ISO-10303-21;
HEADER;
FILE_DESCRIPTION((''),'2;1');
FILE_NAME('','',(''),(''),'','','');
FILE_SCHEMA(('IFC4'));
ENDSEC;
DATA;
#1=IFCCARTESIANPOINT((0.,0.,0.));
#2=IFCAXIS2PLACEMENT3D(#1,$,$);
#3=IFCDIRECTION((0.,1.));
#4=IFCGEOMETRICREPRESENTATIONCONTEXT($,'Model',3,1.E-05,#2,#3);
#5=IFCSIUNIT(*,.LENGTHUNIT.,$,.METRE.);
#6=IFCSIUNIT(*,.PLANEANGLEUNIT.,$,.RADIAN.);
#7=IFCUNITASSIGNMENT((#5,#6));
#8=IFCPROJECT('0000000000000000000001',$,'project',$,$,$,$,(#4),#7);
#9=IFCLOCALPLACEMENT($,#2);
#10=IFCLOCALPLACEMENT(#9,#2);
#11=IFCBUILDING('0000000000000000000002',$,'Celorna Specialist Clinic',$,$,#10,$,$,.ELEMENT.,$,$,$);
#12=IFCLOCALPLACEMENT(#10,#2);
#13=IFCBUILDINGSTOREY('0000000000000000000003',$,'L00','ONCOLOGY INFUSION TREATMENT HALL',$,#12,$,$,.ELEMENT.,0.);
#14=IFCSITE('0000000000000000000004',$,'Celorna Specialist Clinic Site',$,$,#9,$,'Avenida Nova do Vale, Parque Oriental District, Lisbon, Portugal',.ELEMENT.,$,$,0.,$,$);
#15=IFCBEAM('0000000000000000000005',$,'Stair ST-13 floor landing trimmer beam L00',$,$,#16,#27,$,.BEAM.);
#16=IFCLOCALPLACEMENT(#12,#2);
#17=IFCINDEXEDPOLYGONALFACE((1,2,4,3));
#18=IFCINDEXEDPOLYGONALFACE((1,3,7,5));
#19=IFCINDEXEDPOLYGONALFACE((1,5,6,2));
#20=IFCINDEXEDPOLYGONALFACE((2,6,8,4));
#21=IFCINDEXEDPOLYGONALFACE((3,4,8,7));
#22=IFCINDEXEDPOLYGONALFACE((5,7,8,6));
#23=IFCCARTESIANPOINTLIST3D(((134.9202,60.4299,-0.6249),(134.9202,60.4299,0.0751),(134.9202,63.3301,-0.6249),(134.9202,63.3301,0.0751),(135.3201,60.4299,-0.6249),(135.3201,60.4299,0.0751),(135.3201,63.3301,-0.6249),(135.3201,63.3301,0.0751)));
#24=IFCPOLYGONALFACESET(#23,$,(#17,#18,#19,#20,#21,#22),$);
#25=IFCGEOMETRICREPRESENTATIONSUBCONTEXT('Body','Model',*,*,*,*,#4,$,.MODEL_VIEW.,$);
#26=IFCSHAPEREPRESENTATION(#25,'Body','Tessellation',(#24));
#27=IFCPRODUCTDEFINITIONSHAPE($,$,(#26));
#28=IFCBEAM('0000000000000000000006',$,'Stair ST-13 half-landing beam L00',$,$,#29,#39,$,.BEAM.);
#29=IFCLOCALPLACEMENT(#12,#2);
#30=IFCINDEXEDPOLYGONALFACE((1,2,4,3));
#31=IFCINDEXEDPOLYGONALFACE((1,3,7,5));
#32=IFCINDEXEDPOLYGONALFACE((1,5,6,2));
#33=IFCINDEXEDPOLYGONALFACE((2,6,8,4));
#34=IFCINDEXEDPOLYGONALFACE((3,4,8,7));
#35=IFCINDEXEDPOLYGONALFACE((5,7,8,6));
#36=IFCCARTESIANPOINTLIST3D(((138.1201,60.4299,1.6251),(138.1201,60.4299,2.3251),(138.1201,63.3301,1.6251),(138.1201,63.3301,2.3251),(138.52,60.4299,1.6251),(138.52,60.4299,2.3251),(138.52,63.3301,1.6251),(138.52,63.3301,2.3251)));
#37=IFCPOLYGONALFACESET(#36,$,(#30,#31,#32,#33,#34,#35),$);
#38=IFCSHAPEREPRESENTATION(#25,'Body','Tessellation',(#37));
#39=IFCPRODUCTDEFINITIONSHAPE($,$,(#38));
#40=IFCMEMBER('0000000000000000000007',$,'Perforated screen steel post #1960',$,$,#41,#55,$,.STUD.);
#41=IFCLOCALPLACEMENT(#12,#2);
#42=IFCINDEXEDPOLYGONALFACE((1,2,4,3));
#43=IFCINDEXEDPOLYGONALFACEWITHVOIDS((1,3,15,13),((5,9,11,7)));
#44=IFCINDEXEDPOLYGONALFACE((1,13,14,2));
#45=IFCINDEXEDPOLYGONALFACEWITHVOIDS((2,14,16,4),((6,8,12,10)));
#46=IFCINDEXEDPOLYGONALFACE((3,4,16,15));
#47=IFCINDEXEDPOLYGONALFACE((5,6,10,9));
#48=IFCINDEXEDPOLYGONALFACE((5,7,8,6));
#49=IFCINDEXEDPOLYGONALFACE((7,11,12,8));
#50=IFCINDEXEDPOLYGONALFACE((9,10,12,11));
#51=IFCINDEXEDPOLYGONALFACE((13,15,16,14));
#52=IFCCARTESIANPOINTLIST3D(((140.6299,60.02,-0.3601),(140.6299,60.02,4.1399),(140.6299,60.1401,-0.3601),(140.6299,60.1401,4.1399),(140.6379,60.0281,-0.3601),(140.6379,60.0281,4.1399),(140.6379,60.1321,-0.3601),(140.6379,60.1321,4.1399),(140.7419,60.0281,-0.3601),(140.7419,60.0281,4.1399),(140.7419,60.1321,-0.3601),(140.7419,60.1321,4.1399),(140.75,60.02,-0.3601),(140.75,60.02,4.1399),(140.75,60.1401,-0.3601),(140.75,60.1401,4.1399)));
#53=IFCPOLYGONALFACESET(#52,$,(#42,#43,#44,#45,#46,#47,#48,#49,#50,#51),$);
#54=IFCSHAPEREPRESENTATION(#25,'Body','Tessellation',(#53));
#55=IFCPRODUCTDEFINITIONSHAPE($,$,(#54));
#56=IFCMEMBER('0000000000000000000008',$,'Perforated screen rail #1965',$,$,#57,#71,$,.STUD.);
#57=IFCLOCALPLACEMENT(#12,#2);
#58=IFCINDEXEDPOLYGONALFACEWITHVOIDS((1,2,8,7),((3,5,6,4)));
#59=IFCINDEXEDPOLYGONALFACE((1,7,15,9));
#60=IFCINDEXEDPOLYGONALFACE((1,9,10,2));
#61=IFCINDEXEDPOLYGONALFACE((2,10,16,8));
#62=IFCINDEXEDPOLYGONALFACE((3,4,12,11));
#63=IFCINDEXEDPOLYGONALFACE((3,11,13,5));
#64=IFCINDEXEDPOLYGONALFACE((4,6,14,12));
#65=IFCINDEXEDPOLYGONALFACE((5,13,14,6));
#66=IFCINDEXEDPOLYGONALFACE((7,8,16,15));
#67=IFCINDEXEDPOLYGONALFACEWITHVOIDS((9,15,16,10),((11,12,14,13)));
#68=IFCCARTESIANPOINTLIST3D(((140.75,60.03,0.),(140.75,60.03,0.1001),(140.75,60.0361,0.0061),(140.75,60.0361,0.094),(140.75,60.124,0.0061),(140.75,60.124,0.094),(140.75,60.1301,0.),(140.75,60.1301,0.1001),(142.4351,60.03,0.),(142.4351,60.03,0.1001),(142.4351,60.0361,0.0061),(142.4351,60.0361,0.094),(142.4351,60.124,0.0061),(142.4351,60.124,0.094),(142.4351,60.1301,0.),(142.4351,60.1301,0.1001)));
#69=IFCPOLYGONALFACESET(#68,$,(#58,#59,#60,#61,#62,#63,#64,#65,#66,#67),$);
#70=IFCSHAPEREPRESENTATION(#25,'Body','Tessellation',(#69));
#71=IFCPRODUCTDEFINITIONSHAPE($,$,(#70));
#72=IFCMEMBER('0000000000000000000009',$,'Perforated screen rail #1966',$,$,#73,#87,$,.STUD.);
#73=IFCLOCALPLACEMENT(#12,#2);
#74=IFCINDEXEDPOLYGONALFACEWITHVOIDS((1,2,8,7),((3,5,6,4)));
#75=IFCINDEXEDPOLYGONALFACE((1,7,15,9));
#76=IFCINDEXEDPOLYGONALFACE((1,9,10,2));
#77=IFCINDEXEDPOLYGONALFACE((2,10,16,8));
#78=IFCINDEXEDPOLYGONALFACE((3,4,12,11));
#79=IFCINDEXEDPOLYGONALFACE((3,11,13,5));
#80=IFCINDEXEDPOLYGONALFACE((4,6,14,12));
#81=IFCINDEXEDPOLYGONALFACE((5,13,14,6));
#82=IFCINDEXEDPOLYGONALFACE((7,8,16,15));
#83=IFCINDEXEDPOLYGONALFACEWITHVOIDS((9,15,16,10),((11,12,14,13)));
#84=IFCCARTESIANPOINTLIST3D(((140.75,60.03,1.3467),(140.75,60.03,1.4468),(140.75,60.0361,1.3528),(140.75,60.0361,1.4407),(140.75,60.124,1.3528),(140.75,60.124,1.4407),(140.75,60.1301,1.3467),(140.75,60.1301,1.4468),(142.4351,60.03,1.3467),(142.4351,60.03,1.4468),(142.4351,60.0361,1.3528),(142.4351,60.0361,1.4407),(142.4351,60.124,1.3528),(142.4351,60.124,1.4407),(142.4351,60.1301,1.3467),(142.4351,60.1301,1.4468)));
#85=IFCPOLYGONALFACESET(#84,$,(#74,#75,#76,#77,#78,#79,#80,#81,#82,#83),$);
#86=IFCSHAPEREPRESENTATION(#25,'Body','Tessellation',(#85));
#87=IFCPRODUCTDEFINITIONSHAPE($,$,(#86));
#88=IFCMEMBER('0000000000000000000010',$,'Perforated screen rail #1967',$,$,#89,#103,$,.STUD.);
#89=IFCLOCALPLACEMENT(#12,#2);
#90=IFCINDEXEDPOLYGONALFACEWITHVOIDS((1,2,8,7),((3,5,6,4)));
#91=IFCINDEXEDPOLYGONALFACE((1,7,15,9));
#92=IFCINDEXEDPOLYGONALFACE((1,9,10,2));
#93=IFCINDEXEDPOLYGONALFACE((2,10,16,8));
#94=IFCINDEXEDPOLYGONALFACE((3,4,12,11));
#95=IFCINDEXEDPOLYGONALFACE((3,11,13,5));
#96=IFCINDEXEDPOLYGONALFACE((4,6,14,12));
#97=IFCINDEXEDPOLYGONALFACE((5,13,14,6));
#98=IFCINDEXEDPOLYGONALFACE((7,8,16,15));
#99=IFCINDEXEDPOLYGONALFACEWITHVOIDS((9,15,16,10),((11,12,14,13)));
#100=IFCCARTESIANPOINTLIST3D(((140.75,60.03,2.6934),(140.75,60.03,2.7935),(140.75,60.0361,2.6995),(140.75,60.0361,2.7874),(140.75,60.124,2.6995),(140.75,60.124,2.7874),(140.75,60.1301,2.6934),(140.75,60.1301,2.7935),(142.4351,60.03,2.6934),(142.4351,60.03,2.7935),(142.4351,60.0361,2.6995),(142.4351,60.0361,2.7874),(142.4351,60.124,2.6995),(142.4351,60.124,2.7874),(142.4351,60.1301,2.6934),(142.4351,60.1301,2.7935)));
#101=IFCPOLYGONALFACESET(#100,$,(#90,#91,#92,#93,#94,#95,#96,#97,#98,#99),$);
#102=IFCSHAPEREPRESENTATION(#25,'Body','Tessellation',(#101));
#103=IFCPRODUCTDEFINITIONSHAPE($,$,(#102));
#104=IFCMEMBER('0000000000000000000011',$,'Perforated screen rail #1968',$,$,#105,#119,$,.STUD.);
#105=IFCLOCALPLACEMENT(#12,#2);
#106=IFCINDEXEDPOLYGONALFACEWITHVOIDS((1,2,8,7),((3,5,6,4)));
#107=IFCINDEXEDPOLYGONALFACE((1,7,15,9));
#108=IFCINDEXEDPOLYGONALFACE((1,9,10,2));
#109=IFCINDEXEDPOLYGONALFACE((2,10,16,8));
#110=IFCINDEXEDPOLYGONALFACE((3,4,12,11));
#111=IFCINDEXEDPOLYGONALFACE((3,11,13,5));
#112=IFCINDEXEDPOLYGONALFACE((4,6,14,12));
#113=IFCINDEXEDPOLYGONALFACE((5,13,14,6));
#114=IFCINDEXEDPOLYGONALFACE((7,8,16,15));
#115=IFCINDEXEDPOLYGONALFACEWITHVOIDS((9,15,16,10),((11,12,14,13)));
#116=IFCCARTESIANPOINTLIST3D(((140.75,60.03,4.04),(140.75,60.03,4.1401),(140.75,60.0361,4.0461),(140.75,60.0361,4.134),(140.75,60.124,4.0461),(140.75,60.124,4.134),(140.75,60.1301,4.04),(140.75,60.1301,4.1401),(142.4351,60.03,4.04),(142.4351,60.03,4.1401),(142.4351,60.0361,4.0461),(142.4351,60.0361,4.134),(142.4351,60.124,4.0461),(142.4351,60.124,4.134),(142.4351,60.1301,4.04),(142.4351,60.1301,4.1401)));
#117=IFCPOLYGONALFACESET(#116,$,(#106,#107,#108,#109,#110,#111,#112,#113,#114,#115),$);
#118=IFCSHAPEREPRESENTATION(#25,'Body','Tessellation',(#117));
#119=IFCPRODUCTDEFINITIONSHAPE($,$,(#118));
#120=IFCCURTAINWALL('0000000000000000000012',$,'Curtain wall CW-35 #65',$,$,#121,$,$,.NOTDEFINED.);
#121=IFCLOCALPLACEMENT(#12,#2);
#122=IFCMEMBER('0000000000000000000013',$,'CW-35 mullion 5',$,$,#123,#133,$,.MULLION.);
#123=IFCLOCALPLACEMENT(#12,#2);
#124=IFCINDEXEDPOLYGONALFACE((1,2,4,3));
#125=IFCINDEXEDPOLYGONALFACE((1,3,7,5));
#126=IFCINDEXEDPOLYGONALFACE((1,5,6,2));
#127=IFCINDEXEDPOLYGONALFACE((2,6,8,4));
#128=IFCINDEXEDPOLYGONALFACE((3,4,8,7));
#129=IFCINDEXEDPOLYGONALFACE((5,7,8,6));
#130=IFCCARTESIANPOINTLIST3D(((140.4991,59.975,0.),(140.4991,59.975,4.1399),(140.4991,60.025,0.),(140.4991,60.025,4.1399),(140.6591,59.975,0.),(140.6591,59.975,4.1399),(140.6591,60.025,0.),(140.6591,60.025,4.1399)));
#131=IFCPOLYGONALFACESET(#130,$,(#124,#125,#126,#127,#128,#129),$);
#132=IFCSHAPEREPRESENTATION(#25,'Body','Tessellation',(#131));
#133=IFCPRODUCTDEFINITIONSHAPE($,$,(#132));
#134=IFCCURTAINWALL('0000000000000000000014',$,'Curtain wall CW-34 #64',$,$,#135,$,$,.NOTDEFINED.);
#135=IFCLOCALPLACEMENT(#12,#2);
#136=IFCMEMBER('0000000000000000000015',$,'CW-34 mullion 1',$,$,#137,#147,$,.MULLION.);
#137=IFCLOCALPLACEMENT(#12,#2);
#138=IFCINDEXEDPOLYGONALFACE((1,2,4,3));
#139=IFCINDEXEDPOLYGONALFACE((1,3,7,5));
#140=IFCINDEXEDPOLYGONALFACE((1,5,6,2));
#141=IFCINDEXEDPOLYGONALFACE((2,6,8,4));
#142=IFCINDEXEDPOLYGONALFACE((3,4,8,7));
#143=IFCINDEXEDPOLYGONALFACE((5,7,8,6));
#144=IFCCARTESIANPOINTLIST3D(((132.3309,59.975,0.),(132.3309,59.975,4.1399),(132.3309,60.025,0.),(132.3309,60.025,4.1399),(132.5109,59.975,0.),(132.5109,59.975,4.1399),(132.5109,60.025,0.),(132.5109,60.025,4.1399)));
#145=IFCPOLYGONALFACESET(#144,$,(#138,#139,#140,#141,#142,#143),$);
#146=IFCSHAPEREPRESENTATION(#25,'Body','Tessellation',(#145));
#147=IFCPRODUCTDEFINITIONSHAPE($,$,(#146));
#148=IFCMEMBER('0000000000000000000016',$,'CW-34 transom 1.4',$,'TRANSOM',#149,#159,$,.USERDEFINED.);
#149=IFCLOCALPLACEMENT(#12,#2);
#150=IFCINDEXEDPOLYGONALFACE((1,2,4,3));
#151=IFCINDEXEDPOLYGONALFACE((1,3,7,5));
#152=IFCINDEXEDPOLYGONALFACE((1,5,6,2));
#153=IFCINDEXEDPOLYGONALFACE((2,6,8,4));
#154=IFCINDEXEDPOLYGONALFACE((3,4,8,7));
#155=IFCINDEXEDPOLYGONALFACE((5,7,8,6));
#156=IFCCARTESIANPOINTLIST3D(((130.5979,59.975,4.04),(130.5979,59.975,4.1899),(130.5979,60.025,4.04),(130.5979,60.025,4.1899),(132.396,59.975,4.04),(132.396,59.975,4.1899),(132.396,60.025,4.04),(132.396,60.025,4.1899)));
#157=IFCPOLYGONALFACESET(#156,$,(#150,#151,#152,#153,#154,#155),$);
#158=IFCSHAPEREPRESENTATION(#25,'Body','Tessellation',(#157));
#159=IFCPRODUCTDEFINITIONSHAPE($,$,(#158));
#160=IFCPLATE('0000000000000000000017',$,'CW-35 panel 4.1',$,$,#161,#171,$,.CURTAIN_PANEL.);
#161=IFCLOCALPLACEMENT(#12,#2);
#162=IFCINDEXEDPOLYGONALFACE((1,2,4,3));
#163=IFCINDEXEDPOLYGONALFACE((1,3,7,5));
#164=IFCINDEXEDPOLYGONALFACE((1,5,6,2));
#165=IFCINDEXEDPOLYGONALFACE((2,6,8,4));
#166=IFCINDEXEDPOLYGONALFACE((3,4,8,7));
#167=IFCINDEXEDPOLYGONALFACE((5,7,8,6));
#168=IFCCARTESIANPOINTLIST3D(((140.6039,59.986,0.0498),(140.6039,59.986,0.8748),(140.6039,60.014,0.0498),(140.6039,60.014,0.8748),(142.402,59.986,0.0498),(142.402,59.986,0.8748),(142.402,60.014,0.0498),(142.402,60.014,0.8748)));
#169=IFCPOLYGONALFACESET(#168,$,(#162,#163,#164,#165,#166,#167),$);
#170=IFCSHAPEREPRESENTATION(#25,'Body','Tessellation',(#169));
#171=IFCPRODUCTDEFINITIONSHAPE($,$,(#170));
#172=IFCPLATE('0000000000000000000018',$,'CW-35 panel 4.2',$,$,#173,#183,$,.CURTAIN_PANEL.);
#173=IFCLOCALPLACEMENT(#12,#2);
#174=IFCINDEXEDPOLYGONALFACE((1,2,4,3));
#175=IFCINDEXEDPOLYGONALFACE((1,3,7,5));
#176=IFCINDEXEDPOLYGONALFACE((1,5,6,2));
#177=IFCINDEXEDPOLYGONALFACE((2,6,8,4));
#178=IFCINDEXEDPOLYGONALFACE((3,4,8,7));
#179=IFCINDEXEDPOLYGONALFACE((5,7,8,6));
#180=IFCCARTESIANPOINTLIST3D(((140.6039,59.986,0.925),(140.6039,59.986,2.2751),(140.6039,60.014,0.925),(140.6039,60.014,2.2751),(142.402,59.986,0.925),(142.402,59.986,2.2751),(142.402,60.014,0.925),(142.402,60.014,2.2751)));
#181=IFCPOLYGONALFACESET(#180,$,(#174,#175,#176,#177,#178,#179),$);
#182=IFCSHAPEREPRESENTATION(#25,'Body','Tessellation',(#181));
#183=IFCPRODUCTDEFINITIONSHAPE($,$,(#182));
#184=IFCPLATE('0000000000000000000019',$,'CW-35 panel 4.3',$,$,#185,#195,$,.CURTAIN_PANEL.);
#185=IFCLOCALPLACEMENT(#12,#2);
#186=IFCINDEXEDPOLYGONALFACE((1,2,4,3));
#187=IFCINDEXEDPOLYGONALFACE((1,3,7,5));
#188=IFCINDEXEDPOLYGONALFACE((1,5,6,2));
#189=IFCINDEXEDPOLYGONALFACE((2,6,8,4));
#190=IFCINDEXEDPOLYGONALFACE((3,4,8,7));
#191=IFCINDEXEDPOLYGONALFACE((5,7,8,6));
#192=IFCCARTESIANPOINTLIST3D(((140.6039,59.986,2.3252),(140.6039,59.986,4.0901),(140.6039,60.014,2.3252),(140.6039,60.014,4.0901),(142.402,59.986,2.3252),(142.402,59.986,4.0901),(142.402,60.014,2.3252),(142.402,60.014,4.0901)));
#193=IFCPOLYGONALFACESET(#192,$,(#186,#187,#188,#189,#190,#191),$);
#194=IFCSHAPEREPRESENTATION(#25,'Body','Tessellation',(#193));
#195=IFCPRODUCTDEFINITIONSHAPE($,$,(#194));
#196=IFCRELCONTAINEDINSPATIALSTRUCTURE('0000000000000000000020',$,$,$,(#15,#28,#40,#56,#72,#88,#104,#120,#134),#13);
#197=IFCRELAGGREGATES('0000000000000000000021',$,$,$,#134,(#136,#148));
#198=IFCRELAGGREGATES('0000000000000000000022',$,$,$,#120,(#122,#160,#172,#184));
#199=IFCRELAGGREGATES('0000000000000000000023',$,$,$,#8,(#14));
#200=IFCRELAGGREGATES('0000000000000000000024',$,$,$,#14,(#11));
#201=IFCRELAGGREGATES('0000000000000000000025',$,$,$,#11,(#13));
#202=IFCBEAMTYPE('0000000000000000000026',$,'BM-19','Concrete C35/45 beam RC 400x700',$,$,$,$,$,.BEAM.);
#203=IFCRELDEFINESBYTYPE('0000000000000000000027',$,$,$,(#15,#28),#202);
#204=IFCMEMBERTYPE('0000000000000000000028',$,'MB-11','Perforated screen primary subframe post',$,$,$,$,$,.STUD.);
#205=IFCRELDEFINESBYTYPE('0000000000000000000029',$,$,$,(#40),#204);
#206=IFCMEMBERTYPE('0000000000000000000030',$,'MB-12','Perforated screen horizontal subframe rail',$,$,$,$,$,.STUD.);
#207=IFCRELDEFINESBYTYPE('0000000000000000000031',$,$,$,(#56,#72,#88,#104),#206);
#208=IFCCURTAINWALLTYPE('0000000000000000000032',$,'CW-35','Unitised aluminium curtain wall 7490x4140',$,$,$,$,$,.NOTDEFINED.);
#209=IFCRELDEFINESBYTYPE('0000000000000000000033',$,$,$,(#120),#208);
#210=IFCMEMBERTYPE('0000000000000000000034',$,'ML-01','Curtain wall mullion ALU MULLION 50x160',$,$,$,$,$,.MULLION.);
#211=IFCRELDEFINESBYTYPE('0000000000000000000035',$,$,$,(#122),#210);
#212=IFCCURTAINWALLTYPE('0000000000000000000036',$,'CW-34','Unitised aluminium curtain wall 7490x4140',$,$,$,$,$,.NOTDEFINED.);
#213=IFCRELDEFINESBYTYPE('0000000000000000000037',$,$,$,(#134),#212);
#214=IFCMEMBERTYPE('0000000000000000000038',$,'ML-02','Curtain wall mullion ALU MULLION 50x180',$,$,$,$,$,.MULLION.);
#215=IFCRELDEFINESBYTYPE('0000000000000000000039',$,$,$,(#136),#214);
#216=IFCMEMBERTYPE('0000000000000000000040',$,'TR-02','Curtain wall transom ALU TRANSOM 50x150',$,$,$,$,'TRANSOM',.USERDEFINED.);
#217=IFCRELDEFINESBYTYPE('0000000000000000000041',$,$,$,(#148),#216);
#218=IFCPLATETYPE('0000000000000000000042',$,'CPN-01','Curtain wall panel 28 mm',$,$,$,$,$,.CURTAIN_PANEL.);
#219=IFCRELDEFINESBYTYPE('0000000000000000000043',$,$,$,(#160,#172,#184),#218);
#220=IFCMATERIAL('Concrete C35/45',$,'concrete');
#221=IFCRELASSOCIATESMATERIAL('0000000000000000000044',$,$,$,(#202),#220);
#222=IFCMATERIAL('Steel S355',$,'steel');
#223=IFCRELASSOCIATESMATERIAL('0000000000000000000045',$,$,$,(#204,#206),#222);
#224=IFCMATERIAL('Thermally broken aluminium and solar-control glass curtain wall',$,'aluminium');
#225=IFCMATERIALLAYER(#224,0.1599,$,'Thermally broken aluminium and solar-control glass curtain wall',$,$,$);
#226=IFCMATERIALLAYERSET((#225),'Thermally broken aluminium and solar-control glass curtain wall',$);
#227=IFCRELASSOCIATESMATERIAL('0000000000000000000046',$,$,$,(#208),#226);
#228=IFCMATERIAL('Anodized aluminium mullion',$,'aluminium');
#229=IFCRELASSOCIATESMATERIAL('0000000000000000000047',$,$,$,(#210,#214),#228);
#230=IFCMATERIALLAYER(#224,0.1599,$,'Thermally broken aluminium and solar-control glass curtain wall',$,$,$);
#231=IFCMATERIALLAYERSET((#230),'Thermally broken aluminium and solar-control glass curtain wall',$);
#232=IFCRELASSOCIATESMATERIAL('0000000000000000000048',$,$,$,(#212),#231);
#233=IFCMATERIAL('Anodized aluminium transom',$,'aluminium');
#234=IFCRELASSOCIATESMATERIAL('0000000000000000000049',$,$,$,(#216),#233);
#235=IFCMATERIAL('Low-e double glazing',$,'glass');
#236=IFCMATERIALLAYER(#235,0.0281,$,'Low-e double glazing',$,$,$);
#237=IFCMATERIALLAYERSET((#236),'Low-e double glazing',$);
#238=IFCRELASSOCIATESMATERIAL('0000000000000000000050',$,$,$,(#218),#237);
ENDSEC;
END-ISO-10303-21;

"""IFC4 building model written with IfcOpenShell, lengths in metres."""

from ifc_helpers import new_model, si_unit, direction, frame, origin, origin_2d, place, context, subcontext, project, spatial, rectangle, hollow_rectangle, extrude, material, layer, layer_set, material_profile, profile_set, type_object, element, aggregate, save


model = new_model("IFC4")

# Units and contexts
model_context = context("Model", 3, precision=1e-05, world=origin(), true_north=direction((0.0, 1.0)))
body_context = subcontext(model_context, "Body", "Model", "MODEL_VIEW")
ifc_project = project(units=[si_unit("LENGTHUNIT", "METRE"), si_unit("PLANEANGLEUNIT", "RADIAN")], contexts=[model_context])

# Site, building, storey
site_placement = place(None, origin())
site = spatial("IfcSite", under=ifc_project, at=site_placement, Name="Celorna Specialist Clinic Site", LongName="Avenida Nova do Vale, Parque Oriental District, Lisbon, Portugal", CompositionType="ELEMENT", RefElevation=0.0)
building_placement = place(site_placement, origin())
building = spatial("IfcBuilding", under=site, at=building_placement, Name="Celorna Specialist Clinic", CompositionType="ELEMENT")
storey_placement = place(building_placement, origin())
storey = spatial("IfcBuildingStorey", under=building, at=storey_placement, Name="L00", Description="ONCOLOGY INFUSION TREATMENT HALL", CompositionType="ELEMENT", Elevation=0.0)

# Shared definitions
ifc_material_1 = material(Name="Concrete C35/45", Category="concrete")
ifc_material_2 = material(Name="Steel S355", Category="steel")

# Beams
ifc_material_profile_1 = material_profile(ifc_material_1, rectangle(XDim=0.3999, YDim=0.7, at=origin_2d()), Name="RC 400x700")
ifc_profile_set_1 = profile_set([ifc_material_profile_1], Name="Concrete C35/45")
beam_type_1 = type_object("IfcBeamType", Name="BM-19", Description="Concrete C35/45 beam RC 400x700", PredefinedType="BEAM", material=ifc_profile_set_1)
for number, where, z_axis, x_axis, name in (
    (1, (135.1201, 60.4299, -0.2749), (0.0, 1.0, 0.0), (-1.0, 0.0, 0.0), "Stair ST-13 floor landing trimmer beam L00"),
    (2, (138.3201, 60.4299, 1.9751), (0.0, 1.0, 0.0), (-1.0, 0.0, 0.0), "Stair ST-13 half-landing beam L00"),
):
    element("IfcBeam", number, at=place(storey_placement, frame(where, z_axis=z_axis, x_axis=x_axis)), inside=storey, type_object=beam_type_1, Name=name, PredefinedType="BEAM", context=body_context, shape_type="SweptSolid", body=[
        extrude(rectangle(XDim=0.3999, YDim=0.7, at=origin_2d()), origin(), (0.0, 0.0, 1.0), 2.9001),
    ])

# Members
ifc_material_profile_2 = material_profile(ifc_material_2, hollow_rectangle(XDim=0.1201, YDim=0.1201, WallThickness=0.0081, at=origin_2d()), Name="SHS 120x120x8")
ifc_profile_set_2 = profile_set([ifc_material_profile_2], Name="Steel S355")
member_type_1 = type_object("IfcMemberType", Name="MB-11", Description="Perforated screen primary subframe post", PredefinedType="STUD", material=ifc_profile_set_2)
member_1_placement = place(storey_placement, frame((140.6899, 60.0801, -0.3601), z_axis=(0.0, 0.0, 1.0), x_axis=(1.0, 0.0, 0.0)))
element("IfcMember", 3, at=member_1_placement, inside=storey, type_object=member_type_1, Name="Perforated screen steel post #1960", PredefinedType="STUD", context=body_context, shape_type="SweptSolid", body=[
    extrude(hollow_rectangle(XDim=0.1201, YDim=0.1201, WallThickness=0.0081, at=origin_2d()), origin(), (0.0, 0.0, 1.0), 4.5),
])
ifc_material_profile_3 = material_profile(ifc_material_2, hollow_rectangle(XDim=0.1001, YDim=0.1001, WallThickness=0.0061, at=origin_2d()), Name="SHS 100x100x6")
ifc_profile_set_3 = profile_set([ifc_material_profile_3], Name="Steel S355")
member_type_2 = type_object("IfcMemberType", Name="MB-12", Description="Perforated screen horizontal subframe rail", PredefinedType="STUD", material=ifc_profile_set_3)
for number, where, z_axis, x_axis, name in (
    (4, (140.75, 60.0801, 0.05), (1.0, 0.0, 0.0), (0.0, 1.0, 0.0), "Perforated screen rail #1965"),
    (5, (140.75, 60.0801, 1.3967), (1.0, 0.0, 0.0), (0.0, 1.0, 0.0), "Perforated screen rail #1966"),
    (6, (140.75, 60.0801, 2.7434), (1.0, 0.0, 0.0), (0.0, 1.0, 0.0), "Perforated screen rail #1967"),
    (7, (140.75, 60.0801, 4.0901), (1.0, 0.0, 0.0), (0.0, 1.0, 0.0), "Perforated screen rail #1968"),
):
    element("IfcMember", number, at=place(storey_placement, frame(where, z_axis=z_axis, x_axis=x_axis)), inside=storey, type_object=member_type_2, Name=name, PredefinedType="STUD", context=body_context, shape_type="SweptSolid", body=[
        extrude(hollow_rectangle(XDim=0.1001, YDim=0.1001, WallThickness=0.0061, at=origin_2d()), origin(), (0.0, 0.0, 1.0), 1.6851),
    ])

# Curtain wall, member
ifc_material_3 = material(Name="Thermally broken aluminium and solar-control glass curtain wall", Category="aluminium")
ifc_layer_1 = layer(ifc_material_3, 0.1599, Name="Thermally broken aluminium and solar-control glass curtain wall")
ifc_layer_set_1 = layer_set([ifc_layer_1], Name="Thermally broken aluminium and solar-control glass curtain wall")
curtain_wall_type_1 = type_object("IfcCurtainWallType", Name="CW-35", Description="Unitised aluminium curtain wall 7490x4140", PredefinedType="NOTDEFINED", material=ifc_layer_set_1)
curtain_wall_1_placement = place(storey_placement, origin())
curtain_wall_1 = element("IfcCurtainWall", 8, at=curtain_wall_1_placement, inside=storey, type_object=curtain_wall_type_1, Name="Curtain wall CW-35 #65", PredefinedType="NOTDEFINED")
ifc_material_4 = material(Name="Anodized aluminium mullion", Category="aluminium")
ifc_material_profile_4 = material_profile(ifc_material_4, rectangle(XDim=0.05, YDim=0.1599, at=origin_2d()), Name="ALU MULLION 50x160")
ifc_profile_set_4 = profile_set([ifc_material_profile_4], Name="Anodized aluminium mullion")
member_type_3 = type_object("IfcMemberType", Name="ML-01", Description="Curtain wall mullion ALU MULLION 50x160", PredefinedType="MULLION", material=ifc_profile_set_4)
member_2_placement = place(storey_placement, frame((140.5791, 60.0, 0.0), z_axis=(0.0, 0.0, 1.0), x_axis=(0.0, -1.0, 0.0)))
member_2 = element("IfcMember", 9, at=member_2_placement, type_object=member_type_3, Name="CW-35 mullion 5", PredefinedType="MULLION", context=body_context, shape_type="SweptSolid", body=[
    extrude(rectangle(XDim=0.05, YDim=0.1599, at=origin_2d()), origin(), (0.0, 0.0, 1.0), 4.1399),
])

# Curtain wall, members
ifc_layer_2 = layer(ifc_material_3, 0.1599, Name="Thermally broken aluminium and solar-control glass curtain wall")
ifc_layer_set_2 = layer_set([ifc_layer_2], Name="Thermally broken aluminium and solar-control glass curtain wall")
curtain_wall_type_2 = type_object("IfcCurtainWallType", Name="CW-34", Description="Unitised aluminium curtain wall 7490x4140", PredefinedType="NOTDEFINED", material=ifc_layer_set_2)
curtain_wall_2_placement = place(storey_placement, origin())
curtain_wall_2 = element("IfcCurtainWall", 10, at=curtain_wall_2_placement, inside=storey, type_object=curtain_wall_type_2, Name="Curtain wall CW-34 #64", PredefinedType="NOTDEFINED")
ifc_material_profile_5 = material_profile(ifc_material_4, rectangle(XDim=0.05, YDim=0.1799, at=origin_2d()), Name="ALU MULLION 50x180")
ifc_profile_set_5 = profile_set([ifc_material_profile_5], Name="Anodized aluminium mullion")
member_type_4 = type_object("IfcMemberType", Name="ML-02", Description="Curtain wall mullion ALU MULLION 50x180", PredefinedType="MULLION", material=ifc_profile_set_5)
member_3_placement = place(storey_placement, frame((132.4209, 60.0, 0.0), z_axis=(0.0, 0.0, 1.0), x_axis=(0.0, -1.0, 0.0)))
member_3 = element("IfcMember", 11, at=member_3_placement, type_object=member_type_4, Name="CW-34 mullion 1", PredefinedType="MULLION", context=body_context, shape_type="SweptSolid", body=[
    extrude(rectangle(XDim=0.05, YDim=0.1799, at=origin_2d()), origin(), (0.0, 0.0, 1.0), 4.1399),
])
ifc_material_5 = material(Name="Anodized aluminium transom", Category="aluminium")
ifc_material_profile_6 = material_profile(ifc_material_5, rectangle(XDim=0.05, YDim=0.1499, at=origin_2d()), Name="ALU TRANSOM 50x150")
ifc_profile_set_6 = profile_set([ifc_material_profile_6], Name="Anodized aluminium transom")
member_type_5 = type_object("IfcMemberType", Name="TR-02", Description="Curtain wall transom ALU TRANSOM 50x150", ElementType="TRANSOM", PredefinedType="USERDEFINED", material=ifc_profile_set_6)
member_4_placement = place(storey_placement, frame((132.396, 60.0, 4.115), z_axis=(-1.0, 0.0, 0.0), x_axis=(0.0, -1.0, 0.0)))
member_4 = element("IfcMember", 12, at=member_4_placement, type_object=member_type_5, Name="CW-34 transom 1.4", ObjectType="TRANSOM", PredefinedType="USERDEFINED", context=body_context, shape_type="SweptSolid", body=[
    extrude(rectangle(XDim=0.05, YDim=0.1499, at=origin_2d()), origin(), (0.0, 0.0, 1.0), 1.7981),
])
aggregate(curtain_wall_2, [member_3, member_4])

# Plates
ifc_material_6 = material(Name="Low-e double glazing", Category="glass")
ifc_layer_3 = layer(ifc_material_6, 0.0281, Name="Low-e double glazing")
ifc_layer_set_3 = layer_set([ifc_layer_3], Name="Low-e double glazing")
plate_type_1 = type_object("IfcPlateType", Name="CPN-01", Description="Curtain wall panel 28 mm", PredefinedType="CURTAIN_PANEL", material=ifc_layer_set_3)
plate_1_placement = place(storey_placement, frame((141.5029, 60.0, 0.0498), z_axis=(0.0, 0.0, 1.0), x_axis=(-1.0, 0.0, 0.0)))
plate_1 = element("IfcPlate", 13, at=plate_1_placement, type_object=plate_type_1, Name="CW-35 panel 4.1", PredefinedType="CURTAIN_PANEL", context=body_context, shape_type="SweptSolid", body=[
    extrude(rectangle(XDim=1.7981, YDim=0.0281, at=origin_2d()), origin(), (0.0, 0.0, 1.0), 0.825),
])
plate_2_placement = place(storey_placement, frame((141.5029, 60.0, 0.925), z_axis=(0.0, 0.0, 1.0), x_axis=(-1.0, 0.0, 0.0)))
plate_2 = element("IfcPlate", 14, at=plate_2_placement, type_object=plate_type_1, Name="CW-35 panel 4.2", PredefinedType="CURTAIN_PANEL", context=body_context, shape_type="SweptSolid", body=[
    extrude(rectangle(XDim=1.7981, YDim=0.0281, at=origin_2d()), origin(), (0.0, 0.0, 1.0), 1.3501),
])
plate_3_placement = place(storey_placement, frame((141.5029, 60.0, 2.3252), z_axis=(0.0, 0.0, 1.0), x_axis=(-1.0, 0.0, 0.0)))
plate_3 = element("IfcPlate", 15, at=plate_3_placement, type_object=plate_type_1, Name="CW-35 panel 4.3", PredefinedType="CURTAIN_PANEL", context=body_context, shape_type="SweptSolid", body=[
    extrude(rectangle(XDim=1.7981, YDim=0.0281, at=origin_2d()), origin(), (0.0, 0.0, 1.0), 1.7649),
])
aggregate(curtain_wall_1, [member_2, plate_1, plate_2, plate_3])

save(model, "model.ifc")
